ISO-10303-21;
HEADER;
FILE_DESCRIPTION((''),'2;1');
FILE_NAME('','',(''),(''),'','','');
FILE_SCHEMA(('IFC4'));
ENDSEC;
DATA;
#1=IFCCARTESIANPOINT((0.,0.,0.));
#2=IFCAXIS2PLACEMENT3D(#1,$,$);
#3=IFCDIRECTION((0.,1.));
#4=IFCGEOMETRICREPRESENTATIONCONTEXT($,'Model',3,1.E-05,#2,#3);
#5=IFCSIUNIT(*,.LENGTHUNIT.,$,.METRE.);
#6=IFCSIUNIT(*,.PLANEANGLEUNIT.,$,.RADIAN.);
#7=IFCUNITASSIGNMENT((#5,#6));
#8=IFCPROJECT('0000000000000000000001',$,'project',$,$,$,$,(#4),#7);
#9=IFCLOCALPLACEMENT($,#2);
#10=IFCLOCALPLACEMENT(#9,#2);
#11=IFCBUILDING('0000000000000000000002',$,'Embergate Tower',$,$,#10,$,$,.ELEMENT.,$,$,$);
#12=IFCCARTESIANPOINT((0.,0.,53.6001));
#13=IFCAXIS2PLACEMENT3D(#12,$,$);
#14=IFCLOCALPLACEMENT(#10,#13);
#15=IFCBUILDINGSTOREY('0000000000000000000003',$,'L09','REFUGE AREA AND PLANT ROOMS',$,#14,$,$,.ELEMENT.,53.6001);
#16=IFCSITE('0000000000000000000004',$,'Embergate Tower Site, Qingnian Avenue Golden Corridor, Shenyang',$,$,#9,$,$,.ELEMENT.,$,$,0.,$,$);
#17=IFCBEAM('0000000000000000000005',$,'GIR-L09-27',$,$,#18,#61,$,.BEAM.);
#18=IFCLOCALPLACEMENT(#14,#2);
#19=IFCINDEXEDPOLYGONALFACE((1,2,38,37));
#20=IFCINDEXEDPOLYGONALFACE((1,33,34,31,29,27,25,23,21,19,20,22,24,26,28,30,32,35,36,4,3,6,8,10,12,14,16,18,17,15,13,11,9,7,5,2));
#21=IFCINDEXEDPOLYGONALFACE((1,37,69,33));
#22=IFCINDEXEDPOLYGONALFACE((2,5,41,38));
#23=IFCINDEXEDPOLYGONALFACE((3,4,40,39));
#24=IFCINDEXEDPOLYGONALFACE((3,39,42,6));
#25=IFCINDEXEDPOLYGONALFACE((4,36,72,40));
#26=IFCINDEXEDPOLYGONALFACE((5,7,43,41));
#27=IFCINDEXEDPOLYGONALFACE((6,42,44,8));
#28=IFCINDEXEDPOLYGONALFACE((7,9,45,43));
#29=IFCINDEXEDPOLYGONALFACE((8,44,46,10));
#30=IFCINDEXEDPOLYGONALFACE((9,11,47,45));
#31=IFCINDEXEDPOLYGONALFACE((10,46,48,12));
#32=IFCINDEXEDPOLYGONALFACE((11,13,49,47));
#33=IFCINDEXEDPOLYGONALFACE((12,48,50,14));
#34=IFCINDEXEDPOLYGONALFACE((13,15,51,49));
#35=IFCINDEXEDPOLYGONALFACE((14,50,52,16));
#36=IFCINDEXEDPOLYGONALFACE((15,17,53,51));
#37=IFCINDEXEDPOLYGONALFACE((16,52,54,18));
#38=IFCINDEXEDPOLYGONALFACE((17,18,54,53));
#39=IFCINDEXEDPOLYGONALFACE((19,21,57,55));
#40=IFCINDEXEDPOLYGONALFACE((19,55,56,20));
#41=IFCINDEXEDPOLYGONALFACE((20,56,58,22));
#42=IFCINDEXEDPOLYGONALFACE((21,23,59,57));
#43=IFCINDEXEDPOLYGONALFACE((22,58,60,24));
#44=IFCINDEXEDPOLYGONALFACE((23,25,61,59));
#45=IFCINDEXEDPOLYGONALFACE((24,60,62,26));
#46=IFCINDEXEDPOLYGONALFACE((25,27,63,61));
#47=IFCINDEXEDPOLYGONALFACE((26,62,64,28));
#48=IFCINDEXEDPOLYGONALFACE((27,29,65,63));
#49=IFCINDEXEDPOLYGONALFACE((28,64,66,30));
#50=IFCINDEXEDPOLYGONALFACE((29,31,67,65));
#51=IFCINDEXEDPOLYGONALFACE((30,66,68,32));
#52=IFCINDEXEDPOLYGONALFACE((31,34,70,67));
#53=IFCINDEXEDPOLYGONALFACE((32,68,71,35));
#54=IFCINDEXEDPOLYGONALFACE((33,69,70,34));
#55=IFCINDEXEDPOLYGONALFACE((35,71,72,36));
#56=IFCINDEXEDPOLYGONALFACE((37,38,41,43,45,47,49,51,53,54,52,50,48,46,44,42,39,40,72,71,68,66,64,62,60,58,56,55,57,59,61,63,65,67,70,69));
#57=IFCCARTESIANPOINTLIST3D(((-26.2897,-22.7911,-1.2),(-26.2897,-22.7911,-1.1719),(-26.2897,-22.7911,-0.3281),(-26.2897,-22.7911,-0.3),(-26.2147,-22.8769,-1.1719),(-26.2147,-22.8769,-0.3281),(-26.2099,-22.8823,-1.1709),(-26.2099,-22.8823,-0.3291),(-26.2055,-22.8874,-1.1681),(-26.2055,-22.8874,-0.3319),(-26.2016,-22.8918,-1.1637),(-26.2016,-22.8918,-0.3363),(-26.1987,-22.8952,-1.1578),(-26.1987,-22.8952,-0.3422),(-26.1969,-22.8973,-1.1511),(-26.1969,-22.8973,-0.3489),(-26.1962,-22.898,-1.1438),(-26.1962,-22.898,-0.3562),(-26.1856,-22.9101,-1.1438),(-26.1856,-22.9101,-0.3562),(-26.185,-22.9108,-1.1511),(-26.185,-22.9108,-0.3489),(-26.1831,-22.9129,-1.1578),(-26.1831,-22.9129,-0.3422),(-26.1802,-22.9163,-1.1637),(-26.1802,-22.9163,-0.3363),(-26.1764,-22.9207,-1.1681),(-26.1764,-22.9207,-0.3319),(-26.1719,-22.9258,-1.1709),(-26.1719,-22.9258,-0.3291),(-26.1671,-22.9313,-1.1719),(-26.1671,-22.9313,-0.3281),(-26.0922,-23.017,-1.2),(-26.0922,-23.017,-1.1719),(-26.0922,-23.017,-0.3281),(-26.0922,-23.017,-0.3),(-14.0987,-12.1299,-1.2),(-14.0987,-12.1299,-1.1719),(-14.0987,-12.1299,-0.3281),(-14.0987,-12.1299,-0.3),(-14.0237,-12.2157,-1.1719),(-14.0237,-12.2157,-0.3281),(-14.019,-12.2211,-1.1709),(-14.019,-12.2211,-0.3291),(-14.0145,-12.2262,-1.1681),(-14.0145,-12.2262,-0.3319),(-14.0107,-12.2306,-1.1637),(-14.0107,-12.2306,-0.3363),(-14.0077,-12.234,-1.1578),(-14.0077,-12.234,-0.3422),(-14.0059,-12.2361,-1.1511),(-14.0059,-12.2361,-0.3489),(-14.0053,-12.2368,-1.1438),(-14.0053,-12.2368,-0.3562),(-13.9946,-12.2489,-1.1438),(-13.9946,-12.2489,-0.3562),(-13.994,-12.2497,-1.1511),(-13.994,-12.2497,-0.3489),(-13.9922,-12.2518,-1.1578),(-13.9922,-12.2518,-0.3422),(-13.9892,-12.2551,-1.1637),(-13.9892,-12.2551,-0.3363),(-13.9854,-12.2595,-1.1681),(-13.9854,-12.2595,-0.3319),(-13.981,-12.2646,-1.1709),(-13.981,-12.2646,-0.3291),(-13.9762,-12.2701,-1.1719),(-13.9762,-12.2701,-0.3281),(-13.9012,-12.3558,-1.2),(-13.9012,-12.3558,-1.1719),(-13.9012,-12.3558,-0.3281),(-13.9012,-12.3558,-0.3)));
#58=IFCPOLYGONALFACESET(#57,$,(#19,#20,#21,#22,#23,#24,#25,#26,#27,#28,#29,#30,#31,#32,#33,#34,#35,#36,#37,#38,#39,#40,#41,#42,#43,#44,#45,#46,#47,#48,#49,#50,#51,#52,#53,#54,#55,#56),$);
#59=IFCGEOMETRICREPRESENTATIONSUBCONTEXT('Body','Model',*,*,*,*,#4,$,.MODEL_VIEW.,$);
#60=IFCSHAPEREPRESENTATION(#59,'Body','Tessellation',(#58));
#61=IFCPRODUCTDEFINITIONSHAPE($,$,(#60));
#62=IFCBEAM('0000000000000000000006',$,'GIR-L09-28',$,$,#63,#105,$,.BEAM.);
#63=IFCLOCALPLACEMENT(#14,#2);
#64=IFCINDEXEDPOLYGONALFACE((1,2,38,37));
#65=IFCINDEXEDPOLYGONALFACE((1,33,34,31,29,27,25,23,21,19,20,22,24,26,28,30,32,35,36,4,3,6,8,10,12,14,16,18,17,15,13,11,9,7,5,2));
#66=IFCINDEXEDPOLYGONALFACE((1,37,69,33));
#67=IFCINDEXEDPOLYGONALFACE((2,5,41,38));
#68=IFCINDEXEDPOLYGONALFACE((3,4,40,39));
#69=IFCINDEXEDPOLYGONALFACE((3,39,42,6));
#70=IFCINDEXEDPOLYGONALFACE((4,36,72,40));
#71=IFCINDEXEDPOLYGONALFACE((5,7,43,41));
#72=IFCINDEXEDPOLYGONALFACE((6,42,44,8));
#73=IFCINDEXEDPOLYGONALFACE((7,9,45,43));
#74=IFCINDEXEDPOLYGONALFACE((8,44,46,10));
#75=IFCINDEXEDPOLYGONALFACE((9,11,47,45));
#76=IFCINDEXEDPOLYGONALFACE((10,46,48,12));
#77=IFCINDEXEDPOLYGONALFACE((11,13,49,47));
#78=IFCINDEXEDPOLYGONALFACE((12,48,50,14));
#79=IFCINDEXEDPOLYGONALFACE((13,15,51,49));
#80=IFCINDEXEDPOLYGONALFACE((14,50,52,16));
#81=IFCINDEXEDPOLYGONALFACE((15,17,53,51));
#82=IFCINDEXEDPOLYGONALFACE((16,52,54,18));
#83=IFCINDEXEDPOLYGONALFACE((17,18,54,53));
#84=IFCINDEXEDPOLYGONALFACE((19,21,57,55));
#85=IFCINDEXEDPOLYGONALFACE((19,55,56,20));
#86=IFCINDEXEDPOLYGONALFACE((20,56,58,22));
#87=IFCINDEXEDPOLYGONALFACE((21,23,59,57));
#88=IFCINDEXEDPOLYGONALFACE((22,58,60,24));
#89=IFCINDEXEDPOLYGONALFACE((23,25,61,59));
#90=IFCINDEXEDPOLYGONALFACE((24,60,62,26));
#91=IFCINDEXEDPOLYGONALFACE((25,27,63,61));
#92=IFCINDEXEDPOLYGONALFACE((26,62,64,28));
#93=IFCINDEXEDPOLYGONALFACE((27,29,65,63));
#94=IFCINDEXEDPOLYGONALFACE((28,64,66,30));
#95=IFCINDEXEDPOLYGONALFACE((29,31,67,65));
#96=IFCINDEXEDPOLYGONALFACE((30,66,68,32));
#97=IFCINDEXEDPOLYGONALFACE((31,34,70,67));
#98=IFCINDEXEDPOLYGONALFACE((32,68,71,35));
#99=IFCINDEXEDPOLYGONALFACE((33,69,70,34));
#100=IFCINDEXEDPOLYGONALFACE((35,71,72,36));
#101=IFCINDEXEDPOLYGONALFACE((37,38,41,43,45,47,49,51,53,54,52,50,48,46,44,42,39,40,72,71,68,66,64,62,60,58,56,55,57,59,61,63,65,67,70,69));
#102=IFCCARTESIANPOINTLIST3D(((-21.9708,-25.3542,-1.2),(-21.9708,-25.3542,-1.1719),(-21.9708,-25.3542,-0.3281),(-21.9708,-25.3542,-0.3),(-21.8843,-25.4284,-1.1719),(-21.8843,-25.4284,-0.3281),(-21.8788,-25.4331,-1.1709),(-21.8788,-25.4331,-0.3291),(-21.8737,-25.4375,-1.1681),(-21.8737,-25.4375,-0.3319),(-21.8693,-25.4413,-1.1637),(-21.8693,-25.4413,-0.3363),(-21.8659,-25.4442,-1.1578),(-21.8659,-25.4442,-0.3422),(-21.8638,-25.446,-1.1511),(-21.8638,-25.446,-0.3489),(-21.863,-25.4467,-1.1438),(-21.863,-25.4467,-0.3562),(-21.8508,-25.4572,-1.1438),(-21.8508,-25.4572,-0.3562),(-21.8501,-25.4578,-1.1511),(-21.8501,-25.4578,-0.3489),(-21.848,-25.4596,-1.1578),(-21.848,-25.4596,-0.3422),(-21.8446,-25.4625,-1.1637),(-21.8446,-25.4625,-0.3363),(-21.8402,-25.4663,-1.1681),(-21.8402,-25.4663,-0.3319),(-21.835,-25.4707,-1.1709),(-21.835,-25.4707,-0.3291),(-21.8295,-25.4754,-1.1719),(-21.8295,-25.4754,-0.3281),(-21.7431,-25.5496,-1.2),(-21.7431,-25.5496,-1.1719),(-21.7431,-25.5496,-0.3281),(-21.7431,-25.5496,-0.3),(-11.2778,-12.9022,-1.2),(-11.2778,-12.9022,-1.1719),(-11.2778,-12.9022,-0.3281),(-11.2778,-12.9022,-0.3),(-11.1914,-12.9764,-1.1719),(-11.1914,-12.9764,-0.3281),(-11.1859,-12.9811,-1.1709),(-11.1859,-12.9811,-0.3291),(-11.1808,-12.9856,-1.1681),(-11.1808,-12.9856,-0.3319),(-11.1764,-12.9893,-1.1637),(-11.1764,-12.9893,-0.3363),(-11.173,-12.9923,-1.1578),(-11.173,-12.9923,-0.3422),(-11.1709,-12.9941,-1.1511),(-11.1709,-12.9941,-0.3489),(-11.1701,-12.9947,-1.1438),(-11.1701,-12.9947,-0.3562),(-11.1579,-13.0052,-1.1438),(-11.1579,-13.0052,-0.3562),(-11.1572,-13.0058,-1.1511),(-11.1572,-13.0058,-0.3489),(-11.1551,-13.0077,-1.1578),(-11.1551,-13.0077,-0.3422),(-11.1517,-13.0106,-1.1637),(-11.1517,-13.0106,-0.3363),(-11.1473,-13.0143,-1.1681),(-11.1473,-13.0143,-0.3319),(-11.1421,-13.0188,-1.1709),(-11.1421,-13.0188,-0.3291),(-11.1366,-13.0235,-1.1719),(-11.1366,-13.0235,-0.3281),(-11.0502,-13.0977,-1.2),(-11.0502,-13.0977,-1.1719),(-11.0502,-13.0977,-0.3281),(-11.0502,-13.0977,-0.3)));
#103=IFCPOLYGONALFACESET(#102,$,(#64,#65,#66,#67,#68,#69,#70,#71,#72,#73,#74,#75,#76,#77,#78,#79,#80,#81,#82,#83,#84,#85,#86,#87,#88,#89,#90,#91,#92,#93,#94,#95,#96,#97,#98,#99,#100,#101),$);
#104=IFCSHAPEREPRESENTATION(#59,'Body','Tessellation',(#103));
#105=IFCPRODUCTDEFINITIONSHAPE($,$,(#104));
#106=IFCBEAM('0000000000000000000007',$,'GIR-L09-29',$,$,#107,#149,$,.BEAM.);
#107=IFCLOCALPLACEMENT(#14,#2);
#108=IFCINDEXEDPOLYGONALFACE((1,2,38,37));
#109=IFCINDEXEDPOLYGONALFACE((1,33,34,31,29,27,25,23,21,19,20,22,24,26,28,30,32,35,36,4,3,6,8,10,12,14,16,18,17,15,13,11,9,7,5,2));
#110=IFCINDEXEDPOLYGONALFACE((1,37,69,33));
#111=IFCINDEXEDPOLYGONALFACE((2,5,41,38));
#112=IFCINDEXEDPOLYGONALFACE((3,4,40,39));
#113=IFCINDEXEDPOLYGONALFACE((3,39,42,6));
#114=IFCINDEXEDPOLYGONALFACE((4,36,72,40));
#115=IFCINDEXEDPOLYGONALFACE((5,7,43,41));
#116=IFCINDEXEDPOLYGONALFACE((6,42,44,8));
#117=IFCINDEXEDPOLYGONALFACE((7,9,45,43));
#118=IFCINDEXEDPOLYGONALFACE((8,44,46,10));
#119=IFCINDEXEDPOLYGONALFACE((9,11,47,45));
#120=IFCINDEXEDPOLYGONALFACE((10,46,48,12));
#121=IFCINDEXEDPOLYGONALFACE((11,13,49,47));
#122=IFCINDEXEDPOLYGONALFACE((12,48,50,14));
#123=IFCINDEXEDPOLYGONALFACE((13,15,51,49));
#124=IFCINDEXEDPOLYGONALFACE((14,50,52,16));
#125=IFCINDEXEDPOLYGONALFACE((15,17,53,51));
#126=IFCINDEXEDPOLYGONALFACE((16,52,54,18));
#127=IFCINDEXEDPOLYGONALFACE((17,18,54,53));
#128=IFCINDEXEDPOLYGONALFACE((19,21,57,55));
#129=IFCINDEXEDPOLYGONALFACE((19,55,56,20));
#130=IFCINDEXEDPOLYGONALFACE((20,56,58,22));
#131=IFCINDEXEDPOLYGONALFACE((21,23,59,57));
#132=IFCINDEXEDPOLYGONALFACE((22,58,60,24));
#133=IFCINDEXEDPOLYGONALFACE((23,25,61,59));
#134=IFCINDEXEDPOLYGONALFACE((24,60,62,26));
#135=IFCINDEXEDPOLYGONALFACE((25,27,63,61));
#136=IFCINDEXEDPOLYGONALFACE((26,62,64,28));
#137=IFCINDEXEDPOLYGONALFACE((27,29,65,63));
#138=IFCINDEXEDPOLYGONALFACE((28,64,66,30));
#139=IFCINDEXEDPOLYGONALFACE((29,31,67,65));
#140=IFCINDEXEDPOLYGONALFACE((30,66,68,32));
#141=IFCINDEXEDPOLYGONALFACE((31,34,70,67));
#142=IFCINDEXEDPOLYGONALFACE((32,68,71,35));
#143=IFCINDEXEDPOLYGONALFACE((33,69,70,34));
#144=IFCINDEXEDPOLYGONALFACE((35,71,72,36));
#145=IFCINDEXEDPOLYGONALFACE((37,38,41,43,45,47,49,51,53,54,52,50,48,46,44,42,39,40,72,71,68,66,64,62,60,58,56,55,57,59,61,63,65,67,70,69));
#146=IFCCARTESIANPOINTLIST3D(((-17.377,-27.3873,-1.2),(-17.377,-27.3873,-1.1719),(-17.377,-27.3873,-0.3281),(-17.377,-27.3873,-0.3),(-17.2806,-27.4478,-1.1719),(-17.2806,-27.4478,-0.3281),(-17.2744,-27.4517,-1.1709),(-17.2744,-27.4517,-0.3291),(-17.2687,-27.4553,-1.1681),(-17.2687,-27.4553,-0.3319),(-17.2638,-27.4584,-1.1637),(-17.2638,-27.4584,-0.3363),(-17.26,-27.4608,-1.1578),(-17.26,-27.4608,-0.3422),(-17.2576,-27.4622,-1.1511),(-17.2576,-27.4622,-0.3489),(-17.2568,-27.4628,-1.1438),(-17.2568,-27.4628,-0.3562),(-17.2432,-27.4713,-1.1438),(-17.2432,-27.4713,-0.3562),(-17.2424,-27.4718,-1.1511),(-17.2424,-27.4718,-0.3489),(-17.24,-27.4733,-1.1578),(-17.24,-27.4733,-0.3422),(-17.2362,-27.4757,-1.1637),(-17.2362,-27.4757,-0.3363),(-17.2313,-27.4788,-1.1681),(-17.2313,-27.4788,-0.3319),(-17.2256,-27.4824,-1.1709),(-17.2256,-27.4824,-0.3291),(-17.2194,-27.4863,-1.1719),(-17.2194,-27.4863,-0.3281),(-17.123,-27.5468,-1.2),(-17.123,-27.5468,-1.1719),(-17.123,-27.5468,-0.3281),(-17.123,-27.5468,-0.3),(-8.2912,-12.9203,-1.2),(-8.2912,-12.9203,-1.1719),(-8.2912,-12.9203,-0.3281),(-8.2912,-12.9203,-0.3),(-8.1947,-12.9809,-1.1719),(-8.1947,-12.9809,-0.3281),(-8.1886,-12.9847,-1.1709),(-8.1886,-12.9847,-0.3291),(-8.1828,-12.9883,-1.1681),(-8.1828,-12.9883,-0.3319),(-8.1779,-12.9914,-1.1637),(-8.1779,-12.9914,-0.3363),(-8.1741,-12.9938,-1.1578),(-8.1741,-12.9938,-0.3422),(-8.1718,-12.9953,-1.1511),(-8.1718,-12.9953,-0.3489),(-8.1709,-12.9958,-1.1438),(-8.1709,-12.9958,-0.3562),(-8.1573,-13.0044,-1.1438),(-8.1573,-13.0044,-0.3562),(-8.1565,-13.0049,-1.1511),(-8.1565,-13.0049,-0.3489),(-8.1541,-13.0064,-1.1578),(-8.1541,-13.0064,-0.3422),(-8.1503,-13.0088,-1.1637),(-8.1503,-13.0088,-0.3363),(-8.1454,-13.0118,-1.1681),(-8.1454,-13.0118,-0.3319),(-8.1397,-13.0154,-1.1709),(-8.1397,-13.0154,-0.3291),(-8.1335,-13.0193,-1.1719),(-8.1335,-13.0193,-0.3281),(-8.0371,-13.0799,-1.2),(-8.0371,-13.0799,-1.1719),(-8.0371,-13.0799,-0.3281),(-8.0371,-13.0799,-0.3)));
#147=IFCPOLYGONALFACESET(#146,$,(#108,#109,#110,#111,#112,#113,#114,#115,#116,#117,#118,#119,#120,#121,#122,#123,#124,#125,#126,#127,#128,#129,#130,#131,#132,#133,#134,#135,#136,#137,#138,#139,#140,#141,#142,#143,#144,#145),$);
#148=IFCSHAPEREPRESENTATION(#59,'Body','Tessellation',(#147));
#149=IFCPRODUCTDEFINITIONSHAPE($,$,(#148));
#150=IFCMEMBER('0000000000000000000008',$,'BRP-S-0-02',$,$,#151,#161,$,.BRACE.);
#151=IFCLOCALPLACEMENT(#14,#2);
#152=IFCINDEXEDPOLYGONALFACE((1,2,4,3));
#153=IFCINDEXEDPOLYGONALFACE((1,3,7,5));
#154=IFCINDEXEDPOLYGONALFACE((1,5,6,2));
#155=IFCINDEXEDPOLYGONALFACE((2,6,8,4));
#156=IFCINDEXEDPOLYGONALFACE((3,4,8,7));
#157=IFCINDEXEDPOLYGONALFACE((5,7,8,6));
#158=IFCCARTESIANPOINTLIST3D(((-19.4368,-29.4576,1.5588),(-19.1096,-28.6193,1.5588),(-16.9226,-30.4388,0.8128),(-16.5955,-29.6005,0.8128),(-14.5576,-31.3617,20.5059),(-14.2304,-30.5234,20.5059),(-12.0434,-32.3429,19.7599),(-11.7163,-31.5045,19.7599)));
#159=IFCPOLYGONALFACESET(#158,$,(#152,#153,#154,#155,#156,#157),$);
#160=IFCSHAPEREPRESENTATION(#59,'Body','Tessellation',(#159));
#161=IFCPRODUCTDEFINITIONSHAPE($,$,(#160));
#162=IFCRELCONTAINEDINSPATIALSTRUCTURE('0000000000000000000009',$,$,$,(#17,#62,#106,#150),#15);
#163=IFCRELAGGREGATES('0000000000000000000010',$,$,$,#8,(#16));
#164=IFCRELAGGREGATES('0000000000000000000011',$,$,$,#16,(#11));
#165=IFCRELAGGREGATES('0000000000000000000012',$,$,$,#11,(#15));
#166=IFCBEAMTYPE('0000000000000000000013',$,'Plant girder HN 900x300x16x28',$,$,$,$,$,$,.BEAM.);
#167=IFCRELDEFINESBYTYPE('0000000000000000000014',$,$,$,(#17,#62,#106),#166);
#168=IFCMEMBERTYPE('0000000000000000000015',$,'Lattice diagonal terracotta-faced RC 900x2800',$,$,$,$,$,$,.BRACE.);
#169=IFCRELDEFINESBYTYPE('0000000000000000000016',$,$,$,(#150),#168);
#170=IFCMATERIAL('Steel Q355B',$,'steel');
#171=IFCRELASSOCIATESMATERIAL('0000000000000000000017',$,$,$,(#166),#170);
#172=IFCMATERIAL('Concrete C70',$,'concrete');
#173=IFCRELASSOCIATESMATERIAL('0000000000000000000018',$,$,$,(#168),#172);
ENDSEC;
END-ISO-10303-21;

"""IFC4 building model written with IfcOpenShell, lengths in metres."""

from ifc_helpers import new_model, si_unit, direction, frame, origin, origin_2d, place, context, subcontext, project, spatial, rectangle, i_section, extrude, source, transform, mapped, material, material_profile, profile_set, type_object, element, save


model = new_model("IFC4")

# Units and contexts
model_context = context("Model", 3, precision=1e-05, world=origin(), true_north=direction((0.0, 1.0)))
body_context = subcontext(model_context, "Body", "Model", "MODEL_VIEW")
ifc_project = project(units=[si_unit("LENGTHUNIT", "METRE"), si_unit("PLANEANGLEUNIT", "RADIAN")], contexts=[model_context])

# Site, building, storey
site_placement = place(None, origin())
site = spatial("IfcSite", under=ifc_project, at=site_placement, Name="Embergate Tower Site, Qingnian Avenue Golden Corridor, Shenyang", CompositionType="ELEMENT", RefElevation=0.0)
building_placement = place(site_placement, origin())
building = spatial("IfcBuilding", under=site, at=building_placement, Name="Embergate Tower", CompositionType="ELEMENT")
storey_placement = place(building_placement, frame((0.0, 0.0, 53.6001)))
storey = spatial("IfcBuildingStorey", under=building, at=storey_placement, Name="L09", Description="REFUGE AREA AND PLANT ROOMS", CompositionType="ELEMENT", Elevation=53.6001)

# Shared definitions
ifc_material_1 = material(Name="Concrete C70", Category="concrete")

# Beams
ifc_material_2 = material(Name="Steel Q355B", Category="steel")
ifc_material_profile_1 = material_profile(ifc_material_2, i_section(OverallWidth=0.3, OverallDepth=0.8999, WebThickness=0.0161, FlangeThickness=0.0281, FilletRadius=0.0281, at=origin_2d()), Name="HN 900x300x16x28")
ifc_profile_set_1 = profile_set([ifc_material_profile_1], Name="Steel Q355 grade B")
beam_type_1 = type_object("IfcBeamType", Name="Plant girder HN 900x300x16x28", PredefinedType="BEAM", material=ifc_profile_set_1)
shared_shape_1 = source(origin(), body_context, "Body", "SweptSolid", [
    extrude(i_section(OverallWidth=0.3, OverallDepth=0.8999, WebThickness=0.0161, FlangeThickness=0.0281, FilletRadius=0.0281, at=origin_2d()), origin(), (0.0, 0.0, 1.0), 16.1951),
])
beam_1_placement = place(storey_placement, frame((-26.1909, -22.9041, -0.75), z_axis=(0.752758, 0.658298, 0.0), x_axis=(-0.658298, 0.752758, 0.0)))
element("IfcBeam", 1, at=beam_1_placement, inside=storey, type_object=beam_type_1, Name="GIR-L09-27", PredefinedType="BEAM", context=body_context, shape_type="MappedRepresentation", body=[
    mapped(shared_shape_1, transform((0.0, 0.0, 0.0))),
])
shared_shape_2 = source(origin(), body_context, "Body", "SweptSolid", [
    extrude(i_section(OverallWidth=0.3, OverallDepth=0.8999, WebThickness=0.0161, FlangeThickness=0.0281, FilletRadius=0.0281, at=origin_2d()), origin(), (0.0, 0.0, 1.0), 16.4131),
])
beam_2_placement = place(storey_placement, frame((-21.8569, -25.4519, -0.75), z_axis=(0.651487, 0.75866, 0.0), x_axis=(-0.75866, 0.651487, 0.0)))
element("IfcBeam", 2, at=beam_2_placement, inside=storey, type_object=beam_type_1, Name="GIR-L09-28", PredefinedType="BEAM", context=body_context, shape_type="MappedRepresentation", body=[
    mapped(shared_shape_2, transform((0.0, 0.0, 0.0))),
])
shared_shape_3 = source(origin(), body_context, "Body", "SweptSolid", [
    extrude(i_section(OverallWidth=0.3, OverallDepth=0.8999, WebThickness=0.0161, FlangeThickness=0.0281, FilletRadius=0.0281, at=origin_2d()), origin(), (0.0, 0.0, 1.0), 17.0835),
])
beam_3_placement = place(storey_placement, frame((-17.25, -27.467, -0.75), z_axis=(0.531851, 0.846838, 0.0), x_axis=(-0.846838, 0.531851, 0.0)))
element("IfcBeam", 3, at=beam_3_placement, inside=storey, type_object=beam_type_1, Name="GIR-L09-29", PredefinedType="BEAM", context=body_context, shape_type="MappedRepresentation", body=[
    mapped(shared_shape_3, transform((0.0, 0.0, 0.0))),
])

# Member
ifc_material_profile_2 = material_profile(ifc_material_1, rectangle(XDim=0.8999, YDim=2.8, at=origin_2d()), Name="RC 900x2800")
ifc_profile_set_2 = profile_set([ifc_material_profile_2], Name="Concrete C70")
member_type = type_object("IfcMemberType", Name="Lattice diagonal terracotta-faced RC 900x2800", PredefinedType="BRACE", material=ifc_profile_set_2)
shared_shape_4 = source(origin(), body_context, "Body", "SweptSolid", [
    extrude(rectangle(XDim=0.8999, YDim=2.8, at=origin_2d()), origin(), (0.0, 0.0, 1.0), 19.6577),
])
member_placement = place(storey_placement, frame((-18.0161, -29.5291, 1.1858), z_axis=(0.248207, -0.096861, 0.963852), x_axis=(0.363541, 0.931578, 0.0)))
element("IfcMember", 4, at=member_placement, inside=storey, type_object=member_type, Name="BRP-S-0-02", PredefinedType="BRACE", context=body_context, shape_type="MappedRepresentation", body=[
    mapped(shared_shape_4, transform((0.0, 0.0, 0.0))),
])

save(model, "model.ifc")
